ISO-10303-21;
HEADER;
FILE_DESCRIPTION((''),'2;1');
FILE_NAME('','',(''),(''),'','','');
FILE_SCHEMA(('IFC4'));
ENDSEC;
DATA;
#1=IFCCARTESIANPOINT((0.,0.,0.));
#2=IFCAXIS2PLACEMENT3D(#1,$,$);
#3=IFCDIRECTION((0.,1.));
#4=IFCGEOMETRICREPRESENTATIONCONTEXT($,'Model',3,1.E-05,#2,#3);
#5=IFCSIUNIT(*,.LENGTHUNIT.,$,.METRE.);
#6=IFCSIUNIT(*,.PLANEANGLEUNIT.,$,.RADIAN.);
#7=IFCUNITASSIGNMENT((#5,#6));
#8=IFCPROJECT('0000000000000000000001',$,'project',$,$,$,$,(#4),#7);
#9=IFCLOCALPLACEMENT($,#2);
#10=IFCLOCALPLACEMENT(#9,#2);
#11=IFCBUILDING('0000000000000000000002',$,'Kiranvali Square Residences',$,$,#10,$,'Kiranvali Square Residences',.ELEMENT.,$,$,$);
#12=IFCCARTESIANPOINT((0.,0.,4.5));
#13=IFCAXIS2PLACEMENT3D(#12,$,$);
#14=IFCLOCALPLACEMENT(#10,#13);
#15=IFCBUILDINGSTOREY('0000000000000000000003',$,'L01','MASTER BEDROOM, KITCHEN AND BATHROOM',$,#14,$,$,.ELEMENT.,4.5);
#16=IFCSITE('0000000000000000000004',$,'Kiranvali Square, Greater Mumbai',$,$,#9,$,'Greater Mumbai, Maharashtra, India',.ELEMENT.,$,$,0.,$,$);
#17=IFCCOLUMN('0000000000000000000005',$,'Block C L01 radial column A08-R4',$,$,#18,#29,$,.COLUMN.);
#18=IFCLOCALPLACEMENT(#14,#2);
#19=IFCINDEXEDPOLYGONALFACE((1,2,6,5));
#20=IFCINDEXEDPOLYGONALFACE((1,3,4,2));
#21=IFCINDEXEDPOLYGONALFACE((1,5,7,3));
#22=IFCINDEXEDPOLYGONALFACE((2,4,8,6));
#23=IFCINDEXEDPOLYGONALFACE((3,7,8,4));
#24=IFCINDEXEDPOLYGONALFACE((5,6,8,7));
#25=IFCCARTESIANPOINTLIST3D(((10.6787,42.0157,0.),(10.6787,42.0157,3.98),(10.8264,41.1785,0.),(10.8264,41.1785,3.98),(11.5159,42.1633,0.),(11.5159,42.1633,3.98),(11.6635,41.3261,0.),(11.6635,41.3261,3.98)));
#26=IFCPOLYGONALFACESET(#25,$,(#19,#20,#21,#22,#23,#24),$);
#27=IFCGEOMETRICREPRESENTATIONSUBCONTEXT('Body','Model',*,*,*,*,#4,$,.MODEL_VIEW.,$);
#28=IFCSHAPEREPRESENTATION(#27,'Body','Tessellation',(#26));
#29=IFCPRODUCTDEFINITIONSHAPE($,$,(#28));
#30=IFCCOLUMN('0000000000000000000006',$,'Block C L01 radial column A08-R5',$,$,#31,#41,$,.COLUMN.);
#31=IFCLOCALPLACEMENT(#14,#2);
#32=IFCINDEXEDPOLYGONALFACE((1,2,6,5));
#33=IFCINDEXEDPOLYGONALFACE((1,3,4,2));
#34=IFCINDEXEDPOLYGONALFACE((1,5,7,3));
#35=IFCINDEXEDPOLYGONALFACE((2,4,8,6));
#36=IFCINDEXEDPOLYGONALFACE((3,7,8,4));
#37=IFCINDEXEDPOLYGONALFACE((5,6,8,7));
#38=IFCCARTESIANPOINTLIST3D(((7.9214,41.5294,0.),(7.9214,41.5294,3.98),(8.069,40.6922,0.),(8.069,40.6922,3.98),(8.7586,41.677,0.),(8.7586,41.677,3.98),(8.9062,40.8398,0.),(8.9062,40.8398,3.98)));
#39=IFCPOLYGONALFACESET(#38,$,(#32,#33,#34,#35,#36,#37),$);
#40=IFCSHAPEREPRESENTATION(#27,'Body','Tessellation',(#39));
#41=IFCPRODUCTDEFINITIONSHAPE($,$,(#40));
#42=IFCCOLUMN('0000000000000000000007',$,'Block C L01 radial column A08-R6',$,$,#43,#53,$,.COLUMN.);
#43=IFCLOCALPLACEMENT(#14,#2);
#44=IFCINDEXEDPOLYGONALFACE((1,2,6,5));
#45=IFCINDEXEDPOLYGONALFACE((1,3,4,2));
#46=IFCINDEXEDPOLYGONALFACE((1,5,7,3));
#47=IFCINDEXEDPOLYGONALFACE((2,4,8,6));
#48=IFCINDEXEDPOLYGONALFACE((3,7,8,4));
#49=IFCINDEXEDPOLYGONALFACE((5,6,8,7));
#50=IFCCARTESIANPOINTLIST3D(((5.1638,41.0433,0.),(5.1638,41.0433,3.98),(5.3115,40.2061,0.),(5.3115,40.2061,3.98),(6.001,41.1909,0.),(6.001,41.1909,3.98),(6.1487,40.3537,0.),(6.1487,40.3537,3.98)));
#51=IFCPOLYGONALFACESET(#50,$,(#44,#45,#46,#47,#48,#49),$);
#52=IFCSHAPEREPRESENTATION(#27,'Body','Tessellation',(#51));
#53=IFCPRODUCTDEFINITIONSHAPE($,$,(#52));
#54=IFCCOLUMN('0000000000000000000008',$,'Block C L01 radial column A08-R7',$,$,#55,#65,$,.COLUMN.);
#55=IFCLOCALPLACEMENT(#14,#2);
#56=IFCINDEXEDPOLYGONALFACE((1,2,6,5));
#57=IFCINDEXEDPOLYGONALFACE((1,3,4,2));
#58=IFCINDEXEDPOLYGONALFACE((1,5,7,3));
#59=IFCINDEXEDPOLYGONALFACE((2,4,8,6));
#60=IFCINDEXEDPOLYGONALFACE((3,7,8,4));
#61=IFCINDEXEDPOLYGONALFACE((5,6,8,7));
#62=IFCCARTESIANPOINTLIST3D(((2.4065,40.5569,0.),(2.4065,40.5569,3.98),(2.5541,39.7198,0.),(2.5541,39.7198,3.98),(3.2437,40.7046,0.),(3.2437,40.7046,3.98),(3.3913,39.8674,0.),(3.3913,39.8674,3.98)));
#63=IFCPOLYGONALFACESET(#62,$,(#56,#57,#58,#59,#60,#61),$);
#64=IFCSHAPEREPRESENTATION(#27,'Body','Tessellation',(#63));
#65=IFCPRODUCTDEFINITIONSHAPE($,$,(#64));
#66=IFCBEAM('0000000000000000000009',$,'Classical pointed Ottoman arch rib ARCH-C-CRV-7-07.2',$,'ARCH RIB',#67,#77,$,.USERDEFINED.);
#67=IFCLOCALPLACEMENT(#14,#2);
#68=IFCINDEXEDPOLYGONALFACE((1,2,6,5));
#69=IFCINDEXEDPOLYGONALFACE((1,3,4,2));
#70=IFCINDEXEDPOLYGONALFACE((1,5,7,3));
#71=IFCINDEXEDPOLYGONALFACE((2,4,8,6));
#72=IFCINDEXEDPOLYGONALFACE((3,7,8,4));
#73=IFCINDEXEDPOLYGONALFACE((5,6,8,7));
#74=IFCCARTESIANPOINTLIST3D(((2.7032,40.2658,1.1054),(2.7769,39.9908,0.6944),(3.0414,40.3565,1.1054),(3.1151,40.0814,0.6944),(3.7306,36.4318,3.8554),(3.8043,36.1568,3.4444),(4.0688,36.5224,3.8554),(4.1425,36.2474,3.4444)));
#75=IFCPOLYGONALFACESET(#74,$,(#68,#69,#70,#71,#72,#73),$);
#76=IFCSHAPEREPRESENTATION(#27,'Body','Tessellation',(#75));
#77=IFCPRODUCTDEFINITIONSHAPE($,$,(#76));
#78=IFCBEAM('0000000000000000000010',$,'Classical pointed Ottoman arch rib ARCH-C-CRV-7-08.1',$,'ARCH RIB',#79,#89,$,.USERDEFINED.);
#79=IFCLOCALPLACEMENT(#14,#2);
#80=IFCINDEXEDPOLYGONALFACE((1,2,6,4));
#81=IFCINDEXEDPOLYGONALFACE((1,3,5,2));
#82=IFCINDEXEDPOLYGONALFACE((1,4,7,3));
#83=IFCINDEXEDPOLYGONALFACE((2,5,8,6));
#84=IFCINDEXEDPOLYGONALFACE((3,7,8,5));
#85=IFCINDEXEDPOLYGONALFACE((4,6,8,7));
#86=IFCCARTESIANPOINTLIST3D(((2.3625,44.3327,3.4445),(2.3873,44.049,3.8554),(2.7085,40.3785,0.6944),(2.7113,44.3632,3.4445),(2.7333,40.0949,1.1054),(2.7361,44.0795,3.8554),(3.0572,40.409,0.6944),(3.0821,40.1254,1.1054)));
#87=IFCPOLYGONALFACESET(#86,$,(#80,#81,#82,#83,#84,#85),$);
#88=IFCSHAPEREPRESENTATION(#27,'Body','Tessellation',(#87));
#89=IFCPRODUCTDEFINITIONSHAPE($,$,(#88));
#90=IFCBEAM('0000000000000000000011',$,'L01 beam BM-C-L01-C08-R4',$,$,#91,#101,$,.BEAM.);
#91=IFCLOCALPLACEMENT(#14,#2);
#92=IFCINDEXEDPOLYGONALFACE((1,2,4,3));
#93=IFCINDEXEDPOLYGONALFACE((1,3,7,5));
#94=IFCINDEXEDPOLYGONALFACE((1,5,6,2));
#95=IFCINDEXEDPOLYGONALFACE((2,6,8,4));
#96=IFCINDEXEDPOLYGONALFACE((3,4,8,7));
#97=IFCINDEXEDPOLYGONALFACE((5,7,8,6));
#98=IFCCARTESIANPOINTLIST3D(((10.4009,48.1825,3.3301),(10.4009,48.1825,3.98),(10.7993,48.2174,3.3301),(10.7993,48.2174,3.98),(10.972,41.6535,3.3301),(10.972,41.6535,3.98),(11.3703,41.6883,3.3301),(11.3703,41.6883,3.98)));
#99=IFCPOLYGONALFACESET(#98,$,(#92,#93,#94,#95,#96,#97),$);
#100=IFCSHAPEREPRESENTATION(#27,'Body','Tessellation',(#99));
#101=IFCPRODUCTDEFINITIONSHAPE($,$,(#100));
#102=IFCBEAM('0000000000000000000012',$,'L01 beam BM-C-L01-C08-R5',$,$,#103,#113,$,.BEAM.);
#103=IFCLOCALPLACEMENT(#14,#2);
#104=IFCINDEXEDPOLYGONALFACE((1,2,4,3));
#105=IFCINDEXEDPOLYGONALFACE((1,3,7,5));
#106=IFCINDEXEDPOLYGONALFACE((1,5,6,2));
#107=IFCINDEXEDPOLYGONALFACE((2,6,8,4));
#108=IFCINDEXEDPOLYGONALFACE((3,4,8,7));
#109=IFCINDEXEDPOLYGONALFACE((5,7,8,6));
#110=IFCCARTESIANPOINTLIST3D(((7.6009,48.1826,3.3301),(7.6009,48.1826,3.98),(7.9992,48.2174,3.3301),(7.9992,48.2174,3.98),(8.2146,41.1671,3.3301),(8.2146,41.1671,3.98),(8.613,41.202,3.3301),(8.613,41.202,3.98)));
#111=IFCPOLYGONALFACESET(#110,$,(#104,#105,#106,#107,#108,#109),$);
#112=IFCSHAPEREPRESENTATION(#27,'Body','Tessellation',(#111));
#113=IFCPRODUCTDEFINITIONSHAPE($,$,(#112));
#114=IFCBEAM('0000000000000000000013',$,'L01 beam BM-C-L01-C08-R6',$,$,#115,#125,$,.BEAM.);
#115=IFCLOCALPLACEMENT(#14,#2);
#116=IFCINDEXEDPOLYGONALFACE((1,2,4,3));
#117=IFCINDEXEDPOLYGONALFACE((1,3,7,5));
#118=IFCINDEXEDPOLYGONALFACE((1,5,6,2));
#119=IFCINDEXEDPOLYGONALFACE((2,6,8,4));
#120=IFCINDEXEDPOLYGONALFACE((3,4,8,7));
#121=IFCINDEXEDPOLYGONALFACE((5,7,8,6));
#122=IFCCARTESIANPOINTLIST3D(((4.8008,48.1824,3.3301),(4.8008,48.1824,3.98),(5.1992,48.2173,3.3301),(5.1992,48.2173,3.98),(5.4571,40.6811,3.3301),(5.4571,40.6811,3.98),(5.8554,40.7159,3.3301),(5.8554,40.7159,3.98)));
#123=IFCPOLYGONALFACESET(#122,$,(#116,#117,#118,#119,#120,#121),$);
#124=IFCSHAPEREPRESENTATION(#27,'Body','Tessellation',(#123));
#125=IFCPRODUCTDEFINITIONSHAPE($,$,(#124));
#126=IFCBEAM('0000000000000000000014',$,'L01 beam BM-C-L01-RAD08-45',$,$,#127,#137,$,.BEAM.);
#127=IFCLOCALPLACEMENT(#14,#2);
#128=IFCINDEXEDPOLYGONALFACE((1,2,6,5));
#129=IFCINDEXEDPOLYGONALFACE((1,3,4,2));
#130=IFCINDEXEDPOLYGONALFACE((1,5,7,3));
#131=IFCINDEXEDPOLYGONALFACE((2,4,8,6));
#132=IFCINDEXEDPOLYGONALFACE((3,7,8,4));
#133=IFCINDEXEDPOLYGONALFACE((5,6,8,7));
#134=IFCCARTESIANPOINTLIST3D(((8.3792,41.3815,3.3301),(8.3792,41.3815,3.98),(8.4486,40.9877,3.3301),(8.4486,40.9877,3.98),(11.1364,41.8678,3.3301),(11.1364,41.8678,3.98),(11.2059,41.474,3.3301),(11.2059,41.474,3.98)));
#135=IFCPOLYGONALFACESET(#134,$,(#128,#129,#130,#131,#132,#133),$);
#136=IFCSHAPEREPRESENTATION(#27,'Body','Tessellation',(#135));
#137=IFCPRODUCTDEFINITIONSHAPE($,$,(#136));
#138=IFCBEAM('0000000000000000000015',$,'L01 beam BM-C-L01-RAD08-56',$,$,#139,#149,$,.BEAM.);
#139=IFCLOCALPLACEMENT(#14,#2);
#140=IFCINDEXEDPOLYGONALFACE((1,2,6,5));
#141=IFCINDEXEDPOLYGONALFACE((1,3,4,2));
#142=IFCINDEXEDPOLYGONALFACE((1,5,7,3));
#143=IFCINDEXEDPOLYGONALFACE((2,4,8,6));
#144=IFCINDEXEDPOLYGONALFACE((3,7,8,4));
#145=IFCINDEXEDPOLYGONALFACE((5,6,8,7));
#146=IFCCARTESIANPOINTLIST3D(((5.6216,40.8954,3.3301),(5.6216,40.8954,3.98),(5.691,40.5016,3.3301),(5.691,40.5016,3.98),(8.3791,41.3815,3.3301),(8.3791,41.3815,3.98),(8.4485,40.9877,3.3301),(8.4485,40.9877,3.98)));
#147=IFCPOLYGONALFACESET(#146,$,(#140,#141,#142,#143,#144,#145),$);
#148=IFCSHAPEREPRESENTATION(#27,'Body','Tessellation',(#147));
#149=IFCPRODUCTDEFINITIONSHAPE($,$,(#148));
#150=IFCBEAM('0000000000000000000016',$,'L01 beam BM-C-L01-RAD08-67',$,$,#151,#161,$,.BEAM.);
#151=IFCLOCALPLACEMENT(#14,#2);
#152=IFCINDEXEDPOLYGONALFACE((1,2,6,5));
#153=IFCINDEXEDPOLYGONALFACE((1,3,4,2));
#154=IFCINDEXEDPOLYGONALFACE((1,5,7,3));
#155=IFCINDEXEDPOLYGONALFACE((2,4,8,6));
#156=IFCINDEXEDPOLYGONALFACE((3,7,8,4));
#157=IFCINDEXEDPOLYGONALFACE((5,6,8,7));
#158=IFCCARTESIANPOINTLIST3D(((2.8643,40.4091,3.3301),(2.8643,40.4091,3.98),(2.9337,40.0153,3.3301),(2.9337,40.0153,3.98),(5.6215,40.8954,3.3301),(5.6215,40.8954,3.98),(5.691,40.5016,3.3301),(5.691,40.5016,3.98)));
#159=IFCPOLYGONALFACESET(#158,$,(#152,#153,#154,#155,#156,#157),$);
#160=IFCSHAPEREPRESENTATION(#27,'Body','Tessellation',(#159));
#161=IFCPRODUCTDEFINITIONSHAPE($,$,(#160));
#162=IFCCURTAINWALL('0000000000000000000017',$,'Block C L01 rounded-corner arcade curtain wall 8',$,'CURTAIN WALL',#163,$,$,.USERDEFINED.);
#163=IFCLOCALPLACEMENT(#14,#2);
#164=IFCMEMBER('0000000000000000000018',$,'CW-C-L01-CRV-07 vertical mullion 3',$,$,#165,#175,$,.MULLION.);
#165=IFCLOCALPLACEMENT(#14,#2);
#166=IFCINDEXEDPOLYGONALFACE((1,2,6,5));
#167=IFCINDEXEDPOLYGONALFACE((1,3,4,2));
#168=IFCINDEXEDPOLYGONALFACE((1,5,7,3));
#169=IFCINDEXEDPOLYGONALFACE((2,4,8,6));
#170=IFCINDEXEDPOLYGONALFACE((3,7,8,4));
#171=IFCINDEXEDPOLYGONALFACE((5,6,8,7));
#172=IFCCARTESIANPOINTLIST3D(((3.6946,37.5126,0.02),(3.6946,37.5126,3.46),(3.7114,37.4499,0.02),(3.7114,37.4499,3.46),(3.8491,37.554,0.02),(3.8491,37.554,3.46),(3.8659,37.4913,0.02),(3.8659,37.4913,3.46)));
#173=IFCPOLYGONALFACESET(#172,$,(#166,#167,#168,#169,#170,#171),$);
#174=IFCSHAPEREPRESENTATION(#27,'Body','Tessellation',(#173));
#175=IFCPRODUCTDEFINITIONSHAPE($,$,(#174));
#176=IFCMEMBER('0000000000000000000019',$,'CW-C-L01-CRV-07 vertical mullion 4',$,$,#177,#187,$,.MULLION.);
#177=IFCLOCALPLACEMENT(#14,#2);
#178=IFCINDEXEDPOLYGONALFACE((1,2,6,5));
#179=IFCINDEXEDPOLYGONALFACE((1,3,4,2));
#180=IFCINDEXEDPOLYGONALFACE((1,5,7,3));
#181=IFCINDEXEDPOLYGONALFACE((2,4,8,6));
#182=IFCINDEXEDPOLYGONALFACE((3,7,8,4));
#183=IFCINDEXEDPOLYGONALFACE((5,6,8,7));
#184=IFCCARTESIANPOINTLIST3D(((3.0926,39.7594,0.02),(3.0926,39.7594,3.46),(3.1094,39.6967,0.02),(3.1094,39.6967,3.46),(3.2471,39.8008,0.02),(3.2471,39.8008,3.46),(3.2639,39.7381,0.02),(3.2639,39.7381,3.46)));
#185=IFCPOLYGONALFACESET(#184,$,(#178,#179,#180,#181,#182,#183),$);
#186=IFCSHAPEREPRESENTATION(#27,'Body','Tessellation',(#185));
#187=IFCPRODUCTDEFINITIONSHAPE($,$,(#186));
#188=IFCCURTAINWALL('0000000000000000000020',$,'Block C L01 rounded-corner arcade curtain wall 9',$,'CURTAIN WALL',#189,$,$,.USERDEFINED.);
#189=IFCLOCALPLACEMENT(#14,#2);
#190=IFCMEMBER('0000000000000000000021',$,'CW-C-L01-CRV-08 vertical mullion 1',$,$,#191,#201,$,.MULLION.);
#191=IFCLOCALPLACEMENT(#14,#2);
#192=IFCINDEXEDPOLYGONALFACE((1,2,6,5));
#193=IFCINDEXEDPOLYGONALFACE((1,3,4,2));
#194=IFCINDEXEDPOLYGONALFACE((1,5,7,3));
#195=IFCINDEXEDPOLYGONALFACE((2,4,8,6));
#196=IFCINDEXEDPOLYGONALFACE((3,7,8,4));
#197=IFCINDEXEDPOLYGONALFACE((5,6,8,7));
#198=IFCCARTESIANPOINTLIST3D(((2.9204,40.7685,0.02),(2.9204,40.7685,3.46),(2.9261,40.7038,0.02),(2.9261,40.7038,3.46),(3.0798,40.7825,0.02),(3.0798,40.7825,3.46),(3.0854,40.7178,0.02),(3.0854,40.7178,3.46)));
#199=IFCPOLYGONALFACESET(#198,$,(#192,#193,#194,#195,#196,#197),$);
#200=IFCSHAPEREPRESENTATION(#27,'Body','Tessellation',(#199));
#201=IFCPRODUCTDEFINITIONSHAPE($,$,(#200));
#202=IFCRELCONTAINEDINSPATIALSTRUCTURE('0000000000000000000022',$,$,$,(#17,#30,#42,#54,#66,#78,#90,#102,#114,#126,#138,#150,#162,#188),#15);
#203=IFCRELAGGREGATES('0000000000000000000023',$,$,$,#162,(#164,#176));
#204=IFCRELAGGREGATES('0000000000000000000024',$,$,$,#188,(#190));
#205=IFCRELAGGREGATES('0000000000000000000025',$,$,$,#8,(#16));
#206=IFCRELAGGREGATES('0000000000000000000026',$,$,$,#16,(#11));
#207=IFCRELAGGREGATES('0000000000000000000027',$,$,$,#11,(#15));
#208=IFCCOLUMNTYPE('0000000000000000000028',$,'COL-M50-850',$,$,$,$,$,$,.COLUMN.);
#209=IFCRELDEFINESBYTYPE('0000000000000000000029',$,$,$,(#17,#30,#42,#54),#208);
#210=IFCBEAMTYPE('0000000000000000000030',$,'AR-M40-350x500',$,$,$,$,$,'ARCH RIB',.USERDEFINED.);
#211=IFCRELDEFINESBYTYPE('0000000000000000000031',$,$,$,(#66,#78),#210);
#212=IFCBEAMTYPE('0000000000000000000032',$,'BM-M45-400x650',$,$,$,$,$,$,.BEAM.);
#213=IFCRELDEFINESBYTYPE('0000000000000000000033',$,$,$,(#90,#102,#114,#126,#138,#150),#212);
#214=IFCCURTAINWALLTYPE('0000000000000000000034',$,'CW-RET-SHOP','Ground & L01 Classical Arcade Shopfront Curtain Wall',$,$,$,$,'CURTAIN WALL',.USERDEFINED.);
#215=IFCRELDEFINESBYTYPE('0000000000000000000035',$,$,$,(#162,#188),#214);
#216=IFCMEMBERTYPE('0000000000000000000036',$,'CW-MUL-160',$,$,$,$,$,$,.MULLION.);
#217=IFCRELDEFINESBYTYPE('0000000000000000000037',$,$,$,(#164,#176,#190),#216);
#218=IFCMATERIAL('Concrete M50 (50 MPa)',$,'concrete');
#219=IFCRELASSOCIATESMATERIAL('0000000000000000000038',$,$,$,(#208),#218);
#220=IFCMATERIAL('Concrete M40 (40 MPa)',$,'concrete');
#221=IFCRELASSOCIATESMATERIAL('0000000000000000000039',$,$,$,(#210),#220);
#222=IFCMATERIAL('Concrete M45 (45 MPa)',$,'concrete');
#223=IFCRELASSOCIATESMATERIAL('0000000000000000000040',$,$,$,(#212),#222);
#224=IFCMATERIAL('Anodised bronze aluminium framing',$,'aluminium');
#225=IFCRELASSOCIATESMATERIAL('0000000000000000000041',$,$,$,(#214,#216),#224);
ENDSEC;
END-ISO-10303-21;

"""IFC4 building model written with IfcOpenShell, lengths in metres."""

from ifc_helpers import new_model, si_unit, direction, frame, origin, origin_2d, place, context, subcontext, project, spatial, rectangle, extrude, material, material_profile, profile_set, type_object, element, aggregate, save


model = new_model("IFC4")

# Units and contexts
model_context = context("Model", 3, precision=1e-05, world=origin(), true_north=direction((0.0, 1.0)))
body_context = subcontext(model_context, "Body", "Model", "MODEL_VIEW")
ifc_project = project(units=[si_unit("LENGTHUNIT", "METRE"), si_unit("PLANEANGLEUNIT", "RADIAN")], contexts=[model_context])

# Site, building, storey
site_placement = place(None, origin())
site = spatial("IfcSite", under=ifc_project, at=site_placement, Name="Kiranvali Square, Greater Mumbai", LongName="Greater Mumbai, Maharashtra, India", CompositionType="ELEMENT", RefElevation=0.0)
building_placement = place(site_placement, origin())
building = spatial("IfcBuilding", under=site, at=building_placement, Name="Kiranvali Square Residences", LongName="Kiranvali Square Residences", CompositionType="ELEMENT")
storey_placement = place(building_placement, frame((0.0, 0.0, 4.5)))
storey = spatial("IfcBuildingStorey", under=building, at=storey_placement, Name="L01", Description="MASTER BEDROOM, KITCHEN AND BATHROOM", CompositionType="ELEMENT", Elevation=4.5)

# Columns
ifc_material_1 = material(Name="Concrete M50 (50 MPa)", Category="concrete")
ifc_material_profile_1 = material_profile(ifc_material_1, rectangle(XDim=0.8501, YDim=0.8501, at=origin_2d()), Name="RC 850x850")
ifc_profile_set_1 = profile_set([ifc_material_profile_1], Name="Concrete M50 (50 MPa)")
column_type = type_object("IfcColumnType", Name="COL-M50-850", PredefinedType="COLUMN", material=ifc_profile_set_1)
for number, where, z_axis, x_axis, name in (
    (1, (11.1711, 41.6709, 0.0), (0.0, 0.0, 1.0), (-0.173648, 0.984808, 0.0), "Block C L01 radial column A08-R4"),
    (2, (8.4138, 41.1846, 0.0), (0.0, 0.0, 1.0), (-0.173648, 0.984808, 0.0), "Block C L01 radial column A08-R5"),
    (3, (5.6562, 40.6985, 0.0), (0.0, 0.0, 1.0), (-0.173648, 0.984808, 0.0), "Block C L01 radial column A08-R6"),
    (4, (2.8989, 40.2122, 0.0), (0.0, 0.0, 1.0), (-0.173648, 0.984808, 0.0), "Block C L01 radial column A08-R7"),
):
    element("IfcColumn", number, at=place(storey_placement, frame(where, z_axis=z_axis, x_axis=x_axis)), inside=storey, type_object=column_type, Name=name, PredefinedType="COLUMN", context=body_context, shape_type="SweptSolid", body=[
        extrude(rectangle(XDim=0.8501, YDim=0.8501, at=origin_2d()), origin(), (0.0, 0.0, 1.0), 3.98),
    ])

# Beams
ifc_material_2 = material(Name="Concrete M40 (40 MPa)", Category="concrete")
ifc_material_profile_2 = material_profile(ifc_material_2, rectangle(XDim=0.3501, YDim=0.5, at=origin_2d()), Name="RC 350x500")
ifc_profile_set_2 = profile_set([ifc_material_profile_2], Name="Concrete M40 (40 MPa)")
beam_type_1 = type_object("IfcBeamType", Name="AR-M40-350x500", ElementType="ARCH RIB", PredefinedType="USERDEFINED", material=ifc_profile_set_2)
for number, where, z_axis, x_axis, name in (
    (5, (3.9365, 36.3396, 3.6499), (-0.212753, 0.793982, -0.569499), (-0.965924, -0.258826, 0.0), "Classical pointed Ottoman arch rib ARCH-C-CRV-7-07.2"),
    (6, (2.8953, 40.252, 0.8999), (-0.071643, 0.818862, 0.569502), (-0.996195, -0.087158, 0.0), "Classical pointed Ottoman arch rib ARCH-C-CRV-7-08.1"),
):
    element("IfcBeam", number, at=place(storey_placement, frame(where, z_axis=z_axis, x_axis=x_axis)), inside=storey, type_object=beam_type_1, Name=name, ObjectType="ARCH RIB", PredefinedType="USERDEFINED", context=body_context, shape_type="SweptSolid", body=[
        extrude(rectangle(XDim=0.3501, YDim=0.5, at=origin_2d()), origin(), (0.0, 0.0, 1.0), 4.8289),
    ])
ifc_material_3 = material(Name="Concrete M45 (45 MPa)", Category="concrete")
ifc_material_profile_3 = material_profile(ifc_material_3, rectangle(XDim=0.3999, YDim=0.6499, at=origin_2d()), Name="RC 400x650")
ifc_profile_set_3 = profile_set([ifc_material_profile_3], Name="Concrete M45 (45 MPa)")
beam_type_2 = type_object("IfcBeamType", Name="BM-M45-400x650", PredefinedType="BEAM", material=ifc_profile_set_3)
beam_1_placement = place(storey_placement, frame((11.1711, 41.6709, 3.655), z_axis=(-0.08713, 0.996197, 0.0), x_axis=(-0.996197, -0.08713, 0.0)))
element("IfcBeam", 7, at=beam_1_placement, inside=storey, type_object=beam_type_2, Name="L01 beam BM-C-L01-C08-R4", PredefinedType="BEAM", context=body_context, shape_type="SweptSolid", body=[
    extrude(rectangle(XDim=0.3999, YDim=0.6499, at=origin_2d()), origin(), (0.0, 0.0, 1.0), 6.554),
])
beam_2_placement = place(storey_placement, frame((8.4138, 41.1846, 3.655), z_axis=(-0.087156, 0.996195, 0.0), x_axis=(-0.996195, -0.087156, 0.0)))
element("IfcBeam", 8, at=beam_2_placement, inside=storey, type_object=beam_type_2, Name="L01 beam BM-C-L01-C08-R5", PredefinedType="BEAM", context=body_context, shape_type="SweptSolid", body=[
    extrude(rectangle(XDim=0.3999, YDim=0.6499, at=origin_2d()), origin(), (0.0, 0.0, 1.0), 7.0422),
])
beam_3_placement = place(storey_placement, frame((5.6562, 40.6985, 3.655), z_axis=(-0.08715, 0.996195, 0.0), x_axis=(-0.996195, -0.08715, 0.0)))
element("IfcBeam", 9, at=beam_3_placement, inside=storey, type_object=beam_type_2, Name="L01 beam BM-C-L01-C08-R6", PredefinedType="BEAM", context=body_context, shape_type="SweptSolid", body=[
    extrude(rectangle(XDim=0.3999, YDim=0.6499, at=origin_2d()), origin(), (0.0, 0.0, 1.0), 7.53),
])
beam_4_placement = place(storey_placement, frame((11.1711, 41.6709, 3.655), z_axis=(-0.984799, -0.173696, 0.0), x_axis=(0.173696, -0.984799, 0.0)))
element("IfcBeam", 10, at=beam_4_placement, inside=storey, type_object=beam_type_2, Name="L01 beam BM-C-L01-RAD08-45", PredefinedType="BEAM", context=body_context, shape_type="SweptSolid", body=[
    extrude(rectangle(XDim=0.3999, YDim=0.6499, at=origin_2d()), origin(), (0.0, 0.0, 1.0), 2.7998),
])
beam_5_placement = place(storey_placement, frame((8.4138, 41.1846, 3.655), z_axis=(-0.984817, -0.173596, 0.0), x_axis=(0.173596, -0.984817, 0.0)))
element("IfcBeam", 11, at=beam_5_placement, inside=storey, type_object=beam_type_2, Name="L01 beam BM-C-L01-RAD08-56", PredefinedType="BEAM", context=body_context, shape_type="SweptSolid", body=[
    extrude(rectangle(XDim=0.3999, YDim=0.6499, at=origin_2d()), origin(), (0.0, 0.0, 1.0), 2.8),
])
beam_6_placement = place(storey_placement, frame((5.6562, 40.6985, 3.655), z_axis=(-0.984799, -0.173696, 0.0), x_axis=(0.173696, -0.984799, 0.0)))
element("IfcBeam", 12, at=beam_6_placement, inside=storey, type_object=beam_type_2, Name="L01 beam BM-C-L01-RAD08-67", PredefinedType="BEAM", context=body_context, shape_type="SweptSolid", body=[
    extrude(rectangle(XDim=0.3999, YDim=0.6499, at=origin_2d()), origin(), (0.0, 0.0, 1.0), 2.7998),
])

# Curtain walls, members
ifc_material_4 = material(Name="Anodised bronze aluminium framing", Category="aluminium")
curtain_wall_type = type_object("IfcCurtainWallType", Name="CW-RET-SHOP", Description="Ground & L01 Classical Arcade Shopfront Curtain Wall", ElementType="CURTAIN WALL", PredefinedType="USERDEFINED", material=ifc_material_4)
curtain_wall_1_placement = place(storey_placement, origin())
curtain_wall_1 = element("IfcCurtainWall", 13, at=curtain_wall_1_placement, inside=storey, type_object=curtain_wall_type, Name="Block C L01 rounded-corner arcade curtain wall 8", ObjectType="CURTAIN WALL", PredefinedType="USERDEFINED")
ifc_material_profile_4 = material_profile(ifc_material_4, rectangle(XDim=0.0649, YDim=0.1599, at=origin_2d()), Name="ALU 65x160")
ifc_profile_set_4 = profile_set([ifc_material_profile_4], Name="Anodised bronze aluminium framing")
member_type_1 = type_object("IfcMemberType", Name="CW-MUL-160", PredefinedType="MULLION", material=ifc_profile_set_4)
member_1_placement = place(storey_placement, frame((3.7803, 37.502, 0.02), z_axis=(0.0, 0.0, 1.0), x_axis=(-0.258819, 0.965926, 0.0)))
member_1 = element("IfcMember", 14, at=member_1_placement, type_object=member_type_1, Name="CW-C-L01-CRV-07 vertical mullion 3", PredefinedType="MULLION", context=body_context, shape_type="SweptSolid", body=[
    extrude(rectangle(XDim=0.0649, YDim=0.1599, at=origin_2d()), origin(), (0.0, 0.0, 1.0), 3.4399),
])
member_2_placement = place(storey_placement, frame((3.1782, 39.7488, 0.02), z_axis=(0.0, 0.0, 1.0), x_axis=(-0.258819, 0.965926, 0.0)))
member_2 = element("IfcMember", 15, at=member_2_placement, type_object=member_type_1, Name="CW-C-L01-CRV-07 vertical mullion 4", PredefinedType="MULLION", context=body_context, shape_type="SweptSolid", body=[
    extrude(rectangle(XDim=0.0649, YDim=0.1599, at=origin_2d()), origin(), (0.0, 0.0, 1.0), 3.4399),
])
curtain_wall_2_placement = place(storey_placement, origin())
curtain_wall_2 = element("IfcCurtainWall", 16, at=curtain_wall_2_placement, inside=storey, type_object=curtain_wall_type, Name="Block C L01 rounded-corner arcade curtain wall 9", ObjectType="CURTAIN WALL", PredefinedType="USERDEFINED")
member_3_placement = place(storey_placement, frame((3.0029, 40.7432, 0.02), z_axis=(0.0, 0.0, 1.0), x_axis=(-0.087156, 0.996195, 0.0)))
member_3 = element("IfcMember", 17, at=member_3_placement, type_object=member_type_1, Name="CW-C-L01-CRV-08 vertical mullion 1", PredefinedType="MULLION", context=body_context, shape_type="SweptSolid", body=[
    extrude(rectangle(XDim=0.0649, YDim=0.1599, at=origin_2d()), origin(), (0.0, 0.0, 1.0), 3.4399),
])

aggregate(curtain_wall_1, [member_1, member_2])
aggregate(curtain_wall_2, [member_3])

save(model, "model.ifc")
